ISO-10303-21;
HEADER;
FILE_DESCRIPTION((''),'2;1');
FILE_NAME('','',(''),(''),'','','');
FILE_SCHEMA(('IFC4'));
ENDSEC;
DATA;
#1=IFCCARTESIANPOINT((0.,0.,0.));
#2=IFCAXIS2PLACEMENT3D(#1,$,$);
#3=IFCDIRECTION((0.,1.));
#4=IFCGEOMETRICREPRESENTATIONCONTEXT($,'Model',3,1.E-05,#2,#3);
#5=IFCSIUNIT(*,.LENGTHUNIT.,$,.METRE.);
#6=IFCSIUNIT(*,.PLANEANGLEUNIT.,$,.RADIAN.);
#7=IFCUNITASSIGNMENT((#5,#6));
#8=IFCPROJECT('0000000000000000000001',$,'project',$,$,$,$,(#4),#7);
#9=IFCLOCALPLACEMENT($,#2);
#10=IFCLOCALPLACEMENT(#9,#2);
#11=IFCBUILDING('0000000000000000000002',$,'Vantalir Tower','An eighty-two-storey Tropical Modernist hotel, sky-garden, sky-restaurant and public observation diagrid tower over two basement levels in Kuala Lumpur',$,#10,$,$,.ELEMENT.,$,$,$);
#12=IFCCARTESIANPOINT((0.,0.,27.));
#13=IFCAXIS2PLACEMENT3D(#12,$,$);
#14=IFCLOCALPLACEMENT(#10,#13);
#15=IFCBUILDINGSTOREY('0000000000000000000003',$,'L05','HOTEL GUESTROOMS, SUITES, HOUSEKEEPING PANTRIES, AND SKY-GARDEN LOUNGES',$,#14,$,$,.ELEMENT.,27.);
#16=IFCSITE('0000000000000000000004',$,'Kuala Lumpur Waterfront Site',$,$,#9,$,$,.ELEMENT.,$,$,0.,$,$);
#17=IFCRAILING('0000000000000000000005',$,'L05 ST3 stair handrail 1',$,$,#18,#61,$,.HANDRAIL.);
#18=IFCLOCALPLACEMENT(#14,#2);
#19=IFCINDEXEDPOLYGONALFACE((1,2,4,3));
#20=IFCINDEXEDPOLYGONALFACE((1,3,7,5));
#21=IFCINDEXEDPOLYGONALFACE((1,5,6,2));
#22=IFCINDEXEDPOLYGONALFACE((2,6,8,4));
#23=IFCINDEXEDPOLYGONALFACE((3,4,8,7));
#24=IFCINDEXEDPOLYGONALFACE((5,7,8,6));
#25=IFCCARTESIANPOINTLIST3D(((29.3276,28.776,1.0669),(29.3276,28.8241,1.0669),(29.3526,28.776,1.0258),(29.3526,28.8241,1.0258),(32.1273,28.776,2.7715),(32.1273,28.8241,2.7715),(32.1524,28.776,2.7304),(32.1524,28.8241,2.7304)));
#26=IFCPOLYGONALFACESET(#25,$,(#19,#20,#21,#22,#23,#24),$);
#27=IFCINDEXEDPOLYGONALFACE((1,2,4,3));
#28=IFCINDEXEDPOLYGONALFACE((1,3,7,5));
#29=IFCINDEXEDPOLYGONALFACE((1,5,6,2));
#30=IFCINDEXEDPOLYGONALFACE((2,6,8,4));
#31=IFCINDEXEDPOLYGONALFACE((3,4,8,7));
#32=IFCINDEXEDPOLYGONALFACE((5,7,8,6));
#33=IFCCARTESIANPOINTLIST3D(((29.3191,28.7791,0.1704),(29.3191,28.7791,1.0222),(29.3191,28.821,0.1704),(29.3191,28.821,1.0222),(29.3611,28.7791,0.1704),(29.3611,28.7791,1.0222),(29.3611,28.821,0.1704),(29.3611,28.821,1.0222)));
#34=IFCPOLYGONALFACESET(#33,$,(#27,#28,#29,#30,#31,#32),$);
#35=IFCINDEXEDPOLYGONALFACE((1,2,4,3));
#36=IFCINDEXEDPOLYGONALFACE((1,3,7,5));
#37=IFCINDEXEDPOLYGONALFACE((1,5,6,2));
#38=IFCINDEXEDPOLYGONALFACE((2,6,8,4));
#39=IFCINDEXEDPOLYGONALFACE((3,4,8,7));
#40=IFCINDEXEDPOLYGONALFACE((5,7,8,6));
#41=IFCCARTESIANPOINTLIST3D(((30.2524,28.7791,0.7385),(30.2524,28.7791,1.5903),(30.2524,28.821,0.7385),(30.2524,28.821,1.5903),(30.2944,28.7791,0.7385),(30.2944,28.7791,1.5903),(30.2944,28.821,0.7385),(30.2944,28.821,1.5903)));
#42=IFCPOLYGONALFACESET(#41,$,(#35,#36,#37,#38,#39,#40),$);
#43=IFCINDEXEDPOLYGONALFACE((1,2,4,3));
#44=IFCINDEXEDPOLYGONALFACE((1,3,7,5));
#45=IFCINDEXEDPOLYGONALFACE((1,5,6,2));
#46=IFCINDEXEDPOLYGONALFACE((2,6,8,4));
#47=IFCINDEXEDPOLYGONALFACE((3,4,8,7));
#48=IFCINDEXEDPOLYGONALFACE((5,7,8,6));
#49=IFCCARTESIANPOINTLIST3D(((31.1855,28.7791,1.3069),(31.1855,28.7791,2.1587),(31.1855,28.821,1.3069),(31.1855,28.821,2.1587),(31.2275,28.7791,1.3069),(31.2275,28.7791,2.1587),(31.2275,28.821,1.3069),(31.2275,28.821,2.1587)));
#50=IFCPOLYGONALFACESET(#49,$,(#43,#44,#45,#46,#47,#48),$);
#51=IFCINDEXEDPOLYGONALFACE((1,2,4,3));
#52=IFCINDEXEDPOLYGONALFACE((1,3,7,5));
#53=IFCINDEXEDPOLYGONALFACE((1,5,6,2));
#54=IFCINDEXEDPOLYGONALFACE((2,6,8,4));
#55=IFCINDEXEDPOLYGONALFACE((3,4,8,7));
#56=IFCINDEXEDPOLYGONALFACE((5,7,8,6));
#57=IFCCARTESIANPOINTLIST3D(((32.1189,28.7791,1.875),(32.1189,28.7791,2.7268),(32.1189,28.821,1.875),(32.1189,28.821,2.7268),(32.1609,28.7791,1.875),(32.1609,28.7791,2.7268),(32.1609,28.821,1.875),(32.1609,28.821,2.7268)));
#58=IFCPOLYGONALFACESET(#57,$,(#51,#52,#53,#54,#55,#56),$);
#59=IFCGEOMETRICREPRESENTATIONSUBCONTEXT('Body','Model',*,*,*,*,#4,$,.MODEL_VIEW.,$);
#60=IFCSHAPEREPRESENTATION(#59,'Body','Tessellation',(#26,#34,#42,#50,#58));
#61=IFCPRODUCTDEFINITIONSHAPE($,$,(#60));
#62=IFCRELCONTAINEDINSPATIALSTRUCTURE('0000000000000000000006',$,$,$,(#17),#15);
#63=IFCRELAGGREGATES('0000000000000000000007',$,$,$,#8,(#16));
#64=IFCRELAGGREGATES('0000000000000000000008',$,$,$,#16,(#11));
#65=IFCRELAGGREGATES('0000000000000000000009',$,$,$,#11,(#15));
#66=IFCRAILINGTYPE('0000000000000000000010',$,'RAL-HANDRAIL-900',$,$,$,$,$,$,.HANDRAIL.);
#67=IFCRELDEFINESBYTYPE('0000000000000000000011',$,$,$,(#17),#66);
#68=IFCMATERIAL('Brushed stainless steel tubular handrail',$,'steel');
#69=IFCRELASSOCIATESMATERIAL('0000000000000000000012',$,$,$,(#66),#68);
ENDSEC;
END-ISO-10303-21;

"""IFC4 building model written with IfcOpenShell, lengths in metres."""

from ifc_helpers import new_model, si_unit, direction, frame, origin, origin_2d, place, context, subcontext, project, spatial, rectangle, extrude, material, type_object, element, save


model = new_model("IFC4")

# Units and contexts
model_context = context("Model", 3, precision=1e-05, world=origin(), true_north=direction((0.0, 1.0)))
body_context = subcontext(model_context, "Body", "Model", "MODEL_VIEW")
ifc_project = project(units=[si_unit("LENGTHUNIT", "METRE"), si_unit("PLANEANGLEUNIT", "RADIAN")], contexts=[model_context])

# Site, building, storey
site_placement = place(None, origin())
site = spatial("IfcSite", under=ifc_project, at=site_placement, Name="Kuala Lumpur Waterfront Site", CompositionType="ELEMENT", RefElevation=0.0)
building_placement = place(site_placement, origin())
building = spatial("IfcBuilding", under=site, at=building_placement, Name="Vantalir Tower", Description="An eighty-two-storey Tropical Modernist hotel, sky-garden, sky-restaurant and public observation diagrid tower over two basement levels in Kuala Lumpur", CompositionType="ELEMENT")
storey_placement = place(building_placement, frame((0.0, 0.0, 27.0)))
storey = spatial("IfcBuildingStorey", under=building, at=storey_placement, Name="L05", Description="HOTEL GUESTROOMS, SUITES, HOUSEKEEPING PANTRIES, AND SKY-GARDEN LOUNGES", CompositionType="ELEMENT", Elevation=27.0)

# Railing
ifc_material_1 = material(Name="Brushed stainless steel tubular handrail", Category="steel")
railing_type_1 = type_object("IfcRailingType", Name="RAL-HANDRAIL-900", PredefinedType="HANDRAIL", material=ifc_material_1)
railing_1_placement = place(storey_placement, frame((29.3401, 28.8, 0.1704)))
element("IfcRailing", 1, at=railing_1_placement, inside=storey, type_object=railing_type_1, Name="L05 ST3 stair handrail 1", PredefinedType="HANDRAIL", context=body_context, shape_type="SweptSolid", body=[
    extrude(rectangle(XDim=0.0481, YDim=0.0481, at=origin_2d()), frame((0.0, 0.0, 0.876), z_axis=(0.85415, 0.0, 0.520027), x_axis=(0.0, 1.0, 0.0)), (0.0, 0.0, 1.0), 3.2778),
    extrude(rectangle(XDim=0.042, YDim=0.042, at=origin_2d()), origin(), (0.0, 0.0, 1.0), 0.8518),
    extrude(rectangle(XDim=0.042, YDim=0.042, at=origin_2d()), frame((0.9333, 0.0, 0.5681)), (0.0, 0.0, 1.0), 0.8518),
    extrude(rectangle(XDim=0.042, YDim=0.042, at=origin_2d()), frame((1.8665, 0.0, 1.1365)), (0.0, 0.0, 1.0), 0.8518),
    extrude(rectangle(XDim=0.042, YDim=0.042, at=origin_2d()), frame((2.7998, 0.0, 1.7046)), (0.0, 0.0, 1.0), 0.8518),
])

save(model, "model.ifc")
